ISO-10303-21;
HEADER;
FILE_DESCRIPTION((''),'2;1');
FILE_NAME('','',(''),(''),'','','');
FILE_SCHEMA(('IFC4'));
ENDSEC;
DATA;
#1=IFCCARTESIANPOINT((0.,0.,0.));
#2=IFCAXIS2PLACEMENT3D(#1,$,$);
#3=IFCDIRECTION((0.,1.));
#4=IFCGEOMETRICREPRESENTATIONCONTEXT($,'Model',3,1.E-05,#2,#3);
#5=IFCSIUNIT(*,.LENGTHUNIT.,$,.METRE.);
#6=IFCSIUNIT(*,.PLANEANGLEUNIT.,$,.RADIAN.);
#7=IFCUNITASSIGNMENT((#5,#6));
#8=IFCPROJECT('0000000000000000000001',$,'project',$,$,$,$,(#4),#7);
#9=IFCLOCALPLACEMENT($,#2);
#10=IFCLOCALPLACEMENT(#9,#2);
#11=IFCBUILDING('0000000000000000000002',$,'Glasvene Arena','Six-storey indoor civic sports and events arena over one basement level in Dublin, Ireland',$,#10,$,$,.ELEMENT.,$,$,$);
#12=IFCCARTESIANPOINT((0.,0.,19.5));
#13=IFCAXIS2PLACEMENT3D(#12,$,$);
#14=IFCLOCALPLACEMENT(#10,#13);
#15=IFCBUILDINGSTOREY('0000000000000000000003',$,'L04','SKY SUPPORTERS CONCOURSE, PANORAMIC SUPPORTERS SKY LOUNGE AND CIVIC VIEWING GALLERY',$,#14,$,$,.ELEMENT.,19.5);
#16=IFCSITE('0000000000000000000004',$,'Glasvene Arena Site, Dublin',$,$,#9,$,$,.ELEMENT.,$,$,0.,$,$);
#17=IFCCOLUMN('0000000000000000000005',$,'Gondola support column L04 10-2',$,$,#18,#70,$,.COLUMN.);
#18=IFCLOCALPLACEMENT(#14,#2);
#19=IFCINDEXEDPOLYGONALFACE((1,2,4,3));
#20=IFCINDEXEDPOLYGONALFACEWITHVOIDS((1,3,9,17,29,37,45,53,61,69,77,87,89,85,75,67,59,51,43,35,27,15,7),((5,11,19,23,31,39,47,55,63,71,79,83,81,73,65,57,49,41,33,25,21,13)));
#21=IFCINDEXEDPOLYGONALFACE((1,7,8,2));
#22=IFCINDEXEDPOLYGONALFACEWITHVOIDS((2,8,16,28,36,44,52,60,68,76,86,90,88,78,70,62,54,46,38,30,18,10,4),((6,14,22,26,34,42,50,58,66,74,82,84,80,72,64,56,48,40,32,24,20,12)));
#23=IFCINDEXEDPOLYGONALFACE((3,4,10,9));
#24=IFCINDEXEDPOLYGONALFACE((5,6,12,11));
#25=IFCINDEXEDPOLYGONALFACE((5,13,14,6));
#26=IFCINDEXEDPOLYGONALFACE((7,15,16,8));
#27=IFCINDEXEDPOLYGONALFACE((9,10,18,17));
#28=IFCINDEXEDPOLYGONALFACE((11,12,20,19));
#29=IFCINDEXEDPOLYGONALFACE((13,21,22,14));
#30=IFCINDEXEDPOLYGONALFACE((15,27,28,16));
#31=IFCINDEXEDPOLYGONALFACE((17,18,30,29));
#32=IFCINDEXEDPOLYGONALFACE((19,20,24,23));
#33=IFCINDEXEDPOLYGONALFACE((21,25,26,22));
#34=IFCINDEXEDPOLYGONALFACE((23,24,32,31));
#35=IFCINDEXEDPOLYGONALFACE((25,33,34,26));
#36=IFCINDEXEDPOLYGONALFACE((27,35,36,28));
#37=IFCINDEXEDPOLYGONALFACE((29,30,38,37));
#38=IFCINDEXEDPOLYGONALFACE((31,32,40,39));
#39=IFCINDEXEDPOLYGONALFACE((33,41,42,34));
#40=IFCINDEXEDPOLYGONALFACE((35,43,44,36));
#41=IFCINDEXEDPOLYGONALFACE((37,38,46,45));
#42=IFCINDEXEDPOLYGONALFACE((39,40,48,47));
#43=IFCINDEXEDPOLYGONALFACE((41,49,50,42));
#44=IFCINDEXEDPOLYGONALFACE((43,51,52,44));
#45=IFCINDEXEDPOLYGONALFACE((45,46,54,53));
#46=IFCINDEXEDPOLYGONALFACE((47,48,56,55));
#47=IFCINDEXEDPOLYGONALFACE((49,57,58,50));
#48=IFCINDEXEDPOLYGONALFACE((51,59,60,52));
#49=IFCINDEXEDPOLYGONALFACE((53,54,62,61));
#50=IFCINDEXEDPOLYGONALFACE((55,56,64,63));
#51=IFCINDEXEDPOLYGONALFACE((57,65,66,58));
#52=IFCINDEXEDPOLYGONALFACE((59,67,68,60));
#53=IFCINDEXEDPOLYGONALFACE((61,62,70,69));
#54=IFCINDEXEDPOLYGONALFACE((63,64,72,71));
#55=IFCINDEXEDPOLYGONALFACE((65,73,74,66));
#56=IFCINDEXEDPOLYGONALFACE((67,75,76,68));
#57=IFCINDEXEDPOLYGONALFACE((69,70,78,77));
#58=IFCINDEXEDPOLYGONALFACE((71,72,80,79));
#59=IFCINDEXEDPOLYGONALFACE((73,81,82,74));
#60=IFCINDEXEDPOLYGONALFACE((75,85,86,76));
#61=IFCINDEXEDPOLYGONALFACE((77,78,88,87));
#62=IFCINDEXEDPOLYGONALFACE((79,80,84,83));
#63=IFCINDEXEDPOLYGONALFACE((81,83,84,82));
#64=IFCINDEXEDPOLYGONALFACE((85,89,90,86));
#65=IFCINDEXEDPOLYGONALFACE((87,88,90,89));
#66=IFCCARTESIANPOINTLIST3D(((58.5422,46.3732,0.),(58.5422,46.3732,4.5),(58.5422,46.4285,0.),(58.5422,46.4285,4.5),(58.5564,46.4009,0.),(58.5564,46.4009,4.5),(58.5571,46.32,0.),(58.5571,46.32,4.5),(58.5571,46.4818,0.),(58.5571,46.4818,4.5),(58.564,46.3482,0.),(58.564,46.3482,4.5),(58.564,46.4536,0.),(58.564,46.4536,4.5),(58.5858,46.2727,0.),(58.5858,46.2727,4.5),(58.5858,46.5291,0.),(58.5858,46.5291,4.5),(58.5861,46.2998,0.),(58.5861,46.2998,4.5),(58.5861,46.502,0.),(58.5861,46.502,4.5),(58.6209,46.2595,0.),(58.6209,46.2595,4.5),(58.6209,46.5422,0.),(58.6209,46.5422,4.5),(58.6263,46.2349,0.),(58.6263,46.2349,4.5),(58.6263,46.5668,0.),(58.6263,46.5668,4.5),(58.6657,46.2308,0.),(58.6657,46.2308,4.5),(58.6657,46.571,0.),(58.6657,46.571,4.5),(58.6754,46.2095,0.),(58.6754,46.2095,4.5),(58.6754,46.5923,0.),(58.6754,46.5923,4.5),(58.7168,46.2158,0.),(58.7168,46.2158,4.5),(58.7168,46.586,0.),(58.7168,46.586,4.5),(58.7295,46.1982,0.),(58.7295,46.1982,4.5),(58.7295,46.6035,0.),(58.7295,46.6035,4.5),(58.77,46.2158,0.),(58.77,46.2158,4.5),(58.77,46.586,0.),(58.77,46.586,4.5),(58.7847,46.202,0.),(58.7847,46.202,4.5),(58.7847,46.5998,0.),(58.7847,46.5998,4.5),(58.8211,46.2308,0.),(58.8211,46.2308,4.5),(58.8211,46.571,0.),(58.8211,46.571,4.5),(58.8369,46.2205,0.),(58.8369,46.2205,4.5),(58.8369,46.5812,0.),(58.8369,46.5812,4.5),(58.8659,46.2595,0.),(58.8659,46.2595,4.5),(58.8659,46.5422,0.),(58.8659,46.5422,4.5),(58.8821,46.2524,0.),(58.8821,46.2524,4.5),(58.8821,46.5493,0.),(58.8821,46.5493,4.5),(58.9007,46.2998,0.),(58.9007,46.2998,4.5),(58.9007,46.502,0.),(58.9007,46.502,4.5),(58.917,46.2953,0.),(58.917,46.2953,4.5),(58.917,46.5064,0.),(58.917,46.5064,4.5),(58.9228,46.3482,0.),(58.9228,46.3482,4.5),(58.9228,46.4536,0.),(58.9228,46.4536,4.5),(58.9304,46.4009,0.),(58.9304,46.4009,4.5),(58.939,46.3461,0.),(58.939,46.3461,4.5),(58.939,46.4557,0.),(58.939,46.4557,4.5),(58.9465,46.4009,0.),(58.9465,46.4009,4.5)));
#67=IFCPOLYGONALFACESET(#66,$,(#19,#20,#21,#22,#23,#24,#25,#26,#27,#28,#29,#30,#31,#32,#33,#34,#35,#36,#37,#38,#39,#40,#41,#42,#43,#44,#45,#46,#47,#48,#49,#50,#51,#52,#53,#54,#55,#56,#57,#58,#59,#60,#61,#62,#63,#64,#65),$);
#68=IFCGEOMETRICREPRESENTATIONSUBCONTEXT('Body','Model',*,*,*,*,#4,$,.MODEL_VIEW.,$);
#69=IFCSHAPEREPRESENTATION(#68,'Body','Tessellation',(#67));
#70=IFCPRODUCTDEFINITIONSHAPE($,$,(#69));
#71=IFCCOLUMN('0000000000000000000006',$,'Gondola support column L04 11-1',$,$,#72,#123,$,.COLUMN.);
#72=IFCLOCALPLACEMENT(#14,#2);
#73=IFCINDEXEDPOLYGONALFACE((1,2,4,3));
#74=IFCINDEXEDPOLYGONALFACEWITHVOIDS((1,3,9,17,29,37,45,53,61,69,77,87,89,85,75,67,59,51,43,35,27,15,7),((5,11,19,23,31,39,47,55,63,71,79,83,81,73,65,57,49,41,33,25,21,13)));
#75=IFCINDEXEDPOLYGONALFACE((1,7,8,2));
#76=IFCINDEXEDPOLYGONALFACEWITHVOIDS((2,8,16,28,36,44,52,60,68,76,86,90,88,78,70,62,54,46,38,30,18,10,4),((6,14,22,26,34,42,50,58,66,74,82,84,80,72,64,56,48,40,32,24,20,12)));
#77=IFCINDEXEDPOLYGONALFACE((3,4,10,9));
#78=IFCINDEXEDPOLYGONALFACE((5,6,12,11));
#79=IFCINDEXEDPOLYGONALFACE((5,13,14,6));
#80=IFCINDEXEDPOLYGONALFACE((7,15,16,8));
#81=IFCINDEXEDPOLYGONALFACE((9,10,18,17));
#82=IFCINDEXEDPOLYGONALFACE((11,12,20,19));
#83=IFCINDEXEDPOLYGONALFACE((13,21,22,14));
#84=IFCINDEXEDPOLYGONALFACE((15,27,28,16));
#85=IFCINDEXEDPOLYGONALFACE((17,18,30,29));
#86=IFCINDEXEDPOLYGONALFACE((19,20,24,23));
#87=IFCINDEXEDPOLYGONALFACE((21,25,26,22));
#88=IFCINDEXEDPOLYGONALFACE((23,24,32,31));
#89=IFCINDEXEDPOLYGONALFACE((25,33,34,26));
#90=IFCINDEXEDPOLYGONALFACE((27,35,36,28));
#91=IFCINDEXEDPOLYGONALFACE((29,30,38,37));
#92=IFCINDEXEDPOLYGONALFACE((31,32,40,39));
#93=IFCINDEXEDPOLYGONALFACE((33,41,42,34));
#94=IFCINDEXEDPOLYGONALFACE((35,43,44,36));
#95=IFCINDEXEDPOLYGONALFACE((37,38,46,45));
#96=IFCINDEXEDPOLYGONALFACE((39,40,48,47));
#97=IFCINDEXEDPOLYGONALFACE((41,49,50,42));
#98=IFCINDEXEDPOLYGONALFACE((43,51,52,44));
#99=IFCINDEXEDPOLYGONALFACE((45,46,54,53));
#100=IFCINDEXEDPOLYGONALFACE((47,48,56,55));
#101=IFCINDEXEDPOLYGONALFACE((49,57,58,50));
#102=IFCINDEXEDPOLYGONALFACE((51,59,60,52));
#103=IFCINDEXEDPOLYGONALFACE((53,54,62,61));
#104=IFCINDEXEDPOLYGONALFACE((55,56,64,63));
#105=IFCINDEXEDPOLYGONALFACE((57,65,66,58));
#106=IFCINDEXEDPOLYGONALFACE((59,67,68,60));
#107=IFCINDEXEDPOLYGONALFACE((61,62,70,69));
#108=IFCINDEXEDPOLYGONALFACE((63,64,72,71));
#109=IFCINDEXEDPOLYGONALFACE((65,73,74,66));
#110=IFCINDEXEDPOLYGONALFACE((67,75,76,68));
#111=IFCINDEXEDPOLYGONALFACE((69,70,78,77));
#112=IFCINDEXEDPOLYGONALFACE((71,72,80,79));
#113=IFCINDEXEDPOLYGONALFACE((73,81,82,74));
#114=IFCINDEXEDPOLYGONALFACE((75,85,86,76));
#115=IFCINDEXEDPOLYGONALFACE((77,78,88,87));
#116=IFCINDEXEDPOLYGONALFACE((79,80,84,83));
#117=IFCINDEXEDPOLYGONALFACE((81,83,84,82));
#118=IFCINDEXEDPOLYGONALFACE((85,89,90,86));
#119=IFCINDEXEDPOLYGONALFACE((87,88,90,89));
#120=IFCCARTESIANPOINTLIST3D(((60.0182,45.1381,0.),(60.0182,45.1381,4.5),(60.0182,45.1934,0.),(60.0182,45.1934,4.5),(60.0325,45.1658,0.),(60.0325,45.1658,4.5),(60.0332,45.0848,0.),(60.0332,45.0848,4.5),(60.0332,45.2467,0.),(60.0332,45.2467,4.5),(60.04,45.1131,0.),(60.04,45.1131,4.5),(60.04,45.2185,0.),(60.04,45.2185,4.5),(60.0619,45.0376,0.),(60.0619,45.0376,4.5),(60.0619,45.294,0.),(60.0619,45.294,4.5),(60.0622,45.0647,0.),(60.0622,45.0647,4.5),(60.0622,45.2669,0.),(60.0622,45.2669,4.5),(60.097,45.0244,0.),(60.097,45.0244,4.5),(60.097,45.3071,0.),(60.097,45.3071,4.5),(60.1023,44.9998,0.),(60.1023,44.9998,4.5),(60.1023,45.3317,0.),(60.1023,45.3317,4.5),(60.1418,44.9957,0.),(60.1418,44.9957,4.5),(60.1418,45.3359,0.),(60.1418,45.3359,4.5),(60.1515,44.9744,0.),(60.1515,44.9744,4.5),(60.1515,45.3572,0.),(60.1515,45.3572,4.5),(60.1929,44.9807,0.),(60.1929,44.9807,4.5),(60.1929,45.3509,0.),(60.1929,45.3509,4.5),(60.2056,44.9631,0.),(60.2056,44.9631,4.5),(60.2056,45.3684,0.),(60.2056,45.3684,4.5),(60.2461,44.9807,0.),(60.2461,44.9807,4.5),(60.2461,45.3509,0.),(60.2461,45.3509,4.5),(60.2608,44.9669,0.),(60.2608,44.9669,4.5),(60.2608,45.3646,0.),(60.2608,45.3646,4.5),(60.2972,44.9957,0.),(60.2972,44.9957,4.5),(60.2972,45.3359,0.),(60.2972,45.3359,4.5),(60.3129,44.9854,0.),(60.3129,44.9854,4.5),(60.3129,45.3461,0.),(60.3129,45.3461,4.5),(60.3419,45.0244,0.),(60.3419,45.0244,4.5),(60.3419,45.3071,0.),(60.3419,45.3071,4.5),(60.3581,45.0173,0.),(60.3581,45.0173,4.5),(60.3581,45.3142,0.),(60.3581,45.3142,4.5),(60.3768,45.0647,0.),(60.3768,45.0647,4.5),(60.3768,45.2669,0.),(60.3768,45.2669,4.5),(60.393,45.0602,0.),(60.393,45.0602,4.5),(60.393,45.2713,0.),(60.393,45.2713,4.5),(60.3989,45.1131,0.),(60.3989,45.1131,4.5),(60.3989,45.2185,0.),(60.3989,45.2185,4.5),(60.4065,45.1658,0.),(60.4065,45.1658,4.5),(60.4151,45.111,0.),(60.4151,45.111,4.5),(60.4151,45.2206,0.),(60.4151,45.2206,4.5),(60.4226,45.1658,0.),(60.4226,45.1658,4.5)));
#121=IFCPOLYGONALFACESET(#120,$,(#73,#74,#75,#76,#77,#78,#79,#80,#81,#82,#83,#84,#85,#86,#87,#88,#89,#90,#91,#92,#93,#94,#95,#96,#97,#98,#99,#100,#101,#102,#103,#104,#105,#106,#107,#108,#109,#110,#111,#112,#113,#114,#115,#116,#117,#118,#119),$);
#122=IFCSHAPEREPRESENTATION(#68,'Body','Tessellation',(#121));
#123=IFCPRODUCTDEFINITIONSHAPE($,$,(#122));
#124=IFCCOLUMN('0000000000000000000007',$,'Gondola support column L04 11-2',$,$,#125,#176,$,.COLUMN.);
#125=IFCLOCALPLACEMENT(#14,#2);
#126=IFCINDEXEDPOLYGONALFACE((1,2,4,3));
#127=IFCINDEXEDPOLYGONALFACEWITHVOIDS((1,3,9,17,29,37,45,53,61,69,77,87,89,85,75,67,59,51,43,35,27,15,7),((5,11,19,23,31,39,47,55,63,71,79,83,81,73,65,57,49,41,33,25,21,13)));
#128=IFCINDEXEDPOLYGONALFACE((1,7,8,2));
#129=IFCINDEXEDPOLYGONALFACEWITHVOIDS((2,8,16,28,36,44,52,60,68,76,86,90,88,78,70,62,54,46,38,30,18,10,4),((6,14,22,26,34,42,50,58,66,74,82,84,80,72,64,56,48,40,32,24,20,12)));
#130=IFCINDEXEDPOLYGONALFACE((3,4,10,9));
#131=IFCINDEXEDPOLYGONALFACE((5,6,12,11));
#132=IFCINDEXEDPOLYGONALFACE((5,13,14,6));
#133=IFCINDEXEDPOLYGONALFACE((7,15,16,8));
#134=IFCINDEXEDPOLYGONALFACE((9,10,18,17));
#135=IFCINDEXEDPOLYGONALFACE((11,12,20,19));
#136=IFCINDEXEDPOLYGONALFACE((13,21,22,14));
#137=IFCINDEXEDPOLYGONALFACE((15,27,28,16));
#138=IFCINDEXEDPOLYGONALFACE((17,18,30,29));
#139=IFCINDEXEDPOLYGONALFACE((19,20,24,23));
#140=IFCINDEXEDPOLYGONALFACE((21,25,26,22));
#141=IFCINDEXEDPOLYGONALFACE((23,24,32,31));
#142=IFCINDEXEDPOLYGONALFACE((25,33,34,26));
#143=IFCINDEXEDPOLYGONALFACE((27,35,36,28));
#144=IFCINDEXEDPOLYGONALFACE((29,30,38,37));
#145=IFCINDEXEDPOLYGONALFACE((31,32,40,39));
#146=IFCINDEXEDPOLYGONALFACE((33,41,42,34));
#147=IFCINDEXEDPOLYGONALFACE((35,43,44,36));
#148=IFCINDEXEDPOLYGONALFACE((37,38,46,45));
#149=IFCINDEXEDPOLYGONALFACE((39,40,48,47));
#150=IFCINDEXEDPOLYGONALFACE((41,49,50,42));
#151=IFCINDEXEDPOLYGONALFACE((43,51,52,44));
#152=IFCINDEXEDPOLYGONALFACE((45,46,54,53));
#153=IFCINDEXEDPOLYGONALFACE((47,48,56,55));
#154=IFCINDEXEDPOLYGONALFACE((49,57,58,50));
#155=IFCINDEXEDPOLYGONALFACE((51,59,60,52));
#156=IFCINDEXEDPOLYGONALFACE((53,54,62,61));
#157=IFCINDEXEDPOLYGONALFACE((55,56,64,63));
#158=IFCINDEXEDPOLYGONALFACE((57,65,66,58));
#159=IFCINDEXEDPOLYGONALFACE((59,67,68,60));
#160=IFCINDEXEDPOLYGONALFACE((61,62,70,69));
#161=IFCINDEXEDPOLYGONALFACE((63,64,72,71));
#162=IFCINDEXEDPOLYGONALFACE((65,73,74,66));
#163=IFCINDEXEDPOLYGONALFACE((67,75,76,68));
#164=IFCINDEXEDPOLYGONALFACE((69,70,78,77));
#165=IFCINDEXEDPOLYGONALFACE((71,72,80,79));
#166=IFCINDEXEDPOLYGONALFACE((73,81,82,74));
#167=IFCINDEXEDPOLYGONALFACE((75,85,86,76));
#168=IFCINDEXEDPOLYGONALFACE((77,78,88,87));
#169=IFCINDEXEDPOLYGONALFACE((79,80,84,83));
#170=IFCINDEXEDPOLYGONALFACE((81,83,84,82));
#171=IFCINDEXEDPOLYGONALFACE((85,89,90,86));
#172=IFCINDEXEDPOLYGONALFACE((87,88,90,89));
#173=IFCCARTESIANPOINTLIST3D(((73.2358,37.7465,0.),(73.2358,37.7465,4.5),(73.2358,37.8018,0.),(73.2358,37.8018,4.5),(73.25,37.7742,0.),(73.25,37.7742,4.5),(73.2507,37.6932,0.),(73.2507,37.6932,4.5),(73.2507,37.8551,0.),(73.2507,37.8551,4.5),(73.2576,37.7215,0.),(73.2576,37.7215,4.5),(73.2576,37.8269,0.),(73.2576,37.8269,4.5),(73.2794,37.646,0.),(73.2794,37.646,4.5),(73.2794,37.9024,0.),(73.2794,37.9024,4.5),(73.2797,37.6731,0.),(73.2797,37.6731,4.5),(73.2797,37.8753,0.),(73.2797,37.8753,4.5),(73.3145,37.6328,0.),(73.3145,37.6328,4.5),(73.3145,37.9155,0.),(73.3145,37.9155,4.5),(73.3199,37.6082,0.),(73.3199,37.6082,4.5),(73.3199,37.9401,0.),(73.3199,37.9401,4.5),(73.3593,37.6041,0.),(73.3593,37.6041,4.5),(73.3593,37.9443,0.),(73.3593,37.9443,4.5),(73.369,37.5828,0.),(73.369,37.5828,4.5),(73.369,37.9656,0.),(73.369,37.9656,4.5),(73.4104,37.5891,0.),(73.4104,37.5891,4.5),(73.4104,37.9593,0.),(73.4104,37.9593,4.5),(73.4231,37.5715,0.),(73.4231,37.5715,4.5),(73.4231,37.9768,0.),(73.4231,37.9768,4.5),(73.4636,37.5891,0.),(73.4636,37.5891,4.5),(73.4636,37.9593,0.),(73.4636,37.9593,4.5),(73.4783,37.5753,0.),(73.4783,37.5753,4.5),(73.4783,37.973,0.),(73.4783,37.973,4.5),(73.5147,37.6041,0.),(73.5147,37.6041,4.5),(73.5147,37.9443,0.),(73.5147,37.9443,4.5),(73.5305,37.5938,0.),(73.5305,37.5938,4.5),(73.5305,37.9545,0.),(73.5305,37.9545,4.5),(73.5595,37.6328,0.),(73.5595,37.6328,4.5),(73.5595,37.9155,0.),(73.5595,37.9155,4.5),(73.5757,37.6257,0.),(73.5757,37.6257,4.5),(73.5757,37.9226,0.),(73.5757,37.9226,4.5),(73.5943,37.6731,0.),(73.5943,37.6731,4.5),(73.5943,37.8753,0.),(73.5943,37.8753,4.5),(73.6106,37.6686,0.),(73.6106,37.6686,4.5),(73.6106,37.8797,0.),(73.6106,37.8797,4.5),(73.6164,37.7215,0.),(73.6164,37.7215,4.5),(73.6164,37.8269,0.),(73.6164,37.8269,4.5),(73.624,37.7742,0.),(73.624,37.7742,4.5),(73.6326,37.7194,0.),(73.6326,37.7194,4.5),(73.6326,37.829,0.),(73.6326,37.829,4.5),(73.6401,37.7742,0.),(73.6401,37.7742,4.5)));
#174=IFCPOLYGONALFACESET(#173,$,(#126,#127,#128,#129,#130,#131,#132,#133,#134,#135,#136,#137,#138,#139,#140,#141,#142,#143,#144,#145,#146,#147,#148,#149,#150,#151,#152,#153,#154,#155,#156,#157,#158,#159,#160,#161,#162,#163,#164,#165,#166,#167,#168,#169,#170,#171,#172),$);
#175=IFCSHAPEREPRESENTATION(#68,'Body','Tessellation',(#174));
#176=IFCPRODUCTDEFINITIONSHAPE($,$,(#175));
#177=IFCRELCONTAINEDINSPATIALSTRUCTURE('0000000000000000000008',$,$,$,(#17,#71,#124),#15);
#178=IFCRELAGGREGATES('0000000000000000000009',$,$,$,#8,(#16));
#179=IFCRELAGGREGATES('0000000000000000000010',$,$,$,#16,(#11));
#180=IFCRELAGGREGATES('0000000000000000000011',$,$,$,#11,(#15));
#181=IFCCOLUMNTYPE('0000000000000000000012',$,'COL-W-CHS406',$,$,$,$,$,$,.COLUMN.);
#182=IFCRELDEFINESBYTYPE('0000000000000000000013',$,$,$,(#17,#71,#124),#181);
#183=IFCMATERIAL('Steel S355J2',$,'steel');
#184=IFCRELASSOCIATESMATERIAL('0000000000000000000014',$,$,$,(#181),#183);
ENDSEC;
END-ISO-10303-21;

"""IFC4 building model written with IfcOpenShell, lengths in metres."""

from ifc_helpers import new_model, si_unit, direction, frame, origin, origin_2d, place, context, subcontext, project, spatial, hollow_circle, extrude, material, material_profile, profile_set, type_object, element, save


model = new_model("IFC4")

# Units and contexts
model_context = context("Model", 3, precision=1e-05, world=origin(), true_north=direction((0.0, 1.0)))
body_context = subcontext(model_context, "Body", "Model", "MODEL_VIEW")
ifc_project = project(units=[si_unit("LENGTHUNIT", "METRE"), si_unit("PLANEANGLEUNIT", "RADIAN")], contexts=[model_context])

# Site, building, storey
site_placement = place(None, origin())
site = spatial("IfcSite", under=ifc_project, at=site_placement, Name="Glasvene Arena Site, Dublin", CompositionType="ELEMENT", RefElevation=0.0)
building_placement = place(site_placement, origin())
building = spatial("IfcBuilding", under=site, at=building_placement, Name="Glasvene Arena", Description="Six-storey indoor civic sports and events arena over one basement level in Dublin, Ireland", CompositionType="ELEMENT")
storey_placement = place(building_placement, frame((0.0, 0.0, 19.5)))
storey = spatial("IfcBuildingStorey", under=building, at=storey_placement, Name="L04", Description="SKY SUPPORTERS CONCOURSE, PANORAMIC SUPPORTERS SKY LOUNGE AND CIVIC VIEWING GALLERY", CompositionType="ELEMENT", Elevation=19.5)

# Columns
ifc_material_1 = material(Name="Steel S355J2", Category="steel")
ifc_material_profile_1 = material_profile(ifc_material_1, hollow_circle(Radius=0.2031, WallThickness=0.0161, at=origin_2d()), Name="CHS 406.4x16.0")
ifc_profile_set_1 = profile_set([ifc_material_profile_1], Name="Steel S355J2")
column_type = type_object("IfcColumnType", Name="COL-W-CHS406", PredefinedType="COLUMN", material=ifc_profile_set_1)
for number, where, z_axis, x_axis, name in (
    (1, (58.7434, 46.4009, 0.0), (0.0, 0.0, 1.0), (1.0, 0.0, 0.0), "Gondola support column L04 10-2"),
    (2, (60.2195, 45.1658, 0.0), (0.0, 0.0, 1.0), (1.0, 0.0, 0.0), "Gondola support column L04 11-1"),
    (3, (73.437, 37.7742, 0.0), (0.0, 0.0, 1.0), (1.0, 0.0, 0.0), "Gondola support column L04 11-2"),
):
    element("IfcColumn", number, at=place(storey_placement, frame(where, z_axis=z_axis, x_axis=x_axis)), inside=storey, type_object=column_type, Name=name, PredefinedType="COLUMN", context=body_context, shape_type="SweptSolid", body=[
        extrude(hollow_circle(Radius=0.2031, WallThickness=0.0161, at=origin_2d()), origin(), (0.0, 0.0, 1.0), 4.5),
    ])

save(model, "model.ifc")
